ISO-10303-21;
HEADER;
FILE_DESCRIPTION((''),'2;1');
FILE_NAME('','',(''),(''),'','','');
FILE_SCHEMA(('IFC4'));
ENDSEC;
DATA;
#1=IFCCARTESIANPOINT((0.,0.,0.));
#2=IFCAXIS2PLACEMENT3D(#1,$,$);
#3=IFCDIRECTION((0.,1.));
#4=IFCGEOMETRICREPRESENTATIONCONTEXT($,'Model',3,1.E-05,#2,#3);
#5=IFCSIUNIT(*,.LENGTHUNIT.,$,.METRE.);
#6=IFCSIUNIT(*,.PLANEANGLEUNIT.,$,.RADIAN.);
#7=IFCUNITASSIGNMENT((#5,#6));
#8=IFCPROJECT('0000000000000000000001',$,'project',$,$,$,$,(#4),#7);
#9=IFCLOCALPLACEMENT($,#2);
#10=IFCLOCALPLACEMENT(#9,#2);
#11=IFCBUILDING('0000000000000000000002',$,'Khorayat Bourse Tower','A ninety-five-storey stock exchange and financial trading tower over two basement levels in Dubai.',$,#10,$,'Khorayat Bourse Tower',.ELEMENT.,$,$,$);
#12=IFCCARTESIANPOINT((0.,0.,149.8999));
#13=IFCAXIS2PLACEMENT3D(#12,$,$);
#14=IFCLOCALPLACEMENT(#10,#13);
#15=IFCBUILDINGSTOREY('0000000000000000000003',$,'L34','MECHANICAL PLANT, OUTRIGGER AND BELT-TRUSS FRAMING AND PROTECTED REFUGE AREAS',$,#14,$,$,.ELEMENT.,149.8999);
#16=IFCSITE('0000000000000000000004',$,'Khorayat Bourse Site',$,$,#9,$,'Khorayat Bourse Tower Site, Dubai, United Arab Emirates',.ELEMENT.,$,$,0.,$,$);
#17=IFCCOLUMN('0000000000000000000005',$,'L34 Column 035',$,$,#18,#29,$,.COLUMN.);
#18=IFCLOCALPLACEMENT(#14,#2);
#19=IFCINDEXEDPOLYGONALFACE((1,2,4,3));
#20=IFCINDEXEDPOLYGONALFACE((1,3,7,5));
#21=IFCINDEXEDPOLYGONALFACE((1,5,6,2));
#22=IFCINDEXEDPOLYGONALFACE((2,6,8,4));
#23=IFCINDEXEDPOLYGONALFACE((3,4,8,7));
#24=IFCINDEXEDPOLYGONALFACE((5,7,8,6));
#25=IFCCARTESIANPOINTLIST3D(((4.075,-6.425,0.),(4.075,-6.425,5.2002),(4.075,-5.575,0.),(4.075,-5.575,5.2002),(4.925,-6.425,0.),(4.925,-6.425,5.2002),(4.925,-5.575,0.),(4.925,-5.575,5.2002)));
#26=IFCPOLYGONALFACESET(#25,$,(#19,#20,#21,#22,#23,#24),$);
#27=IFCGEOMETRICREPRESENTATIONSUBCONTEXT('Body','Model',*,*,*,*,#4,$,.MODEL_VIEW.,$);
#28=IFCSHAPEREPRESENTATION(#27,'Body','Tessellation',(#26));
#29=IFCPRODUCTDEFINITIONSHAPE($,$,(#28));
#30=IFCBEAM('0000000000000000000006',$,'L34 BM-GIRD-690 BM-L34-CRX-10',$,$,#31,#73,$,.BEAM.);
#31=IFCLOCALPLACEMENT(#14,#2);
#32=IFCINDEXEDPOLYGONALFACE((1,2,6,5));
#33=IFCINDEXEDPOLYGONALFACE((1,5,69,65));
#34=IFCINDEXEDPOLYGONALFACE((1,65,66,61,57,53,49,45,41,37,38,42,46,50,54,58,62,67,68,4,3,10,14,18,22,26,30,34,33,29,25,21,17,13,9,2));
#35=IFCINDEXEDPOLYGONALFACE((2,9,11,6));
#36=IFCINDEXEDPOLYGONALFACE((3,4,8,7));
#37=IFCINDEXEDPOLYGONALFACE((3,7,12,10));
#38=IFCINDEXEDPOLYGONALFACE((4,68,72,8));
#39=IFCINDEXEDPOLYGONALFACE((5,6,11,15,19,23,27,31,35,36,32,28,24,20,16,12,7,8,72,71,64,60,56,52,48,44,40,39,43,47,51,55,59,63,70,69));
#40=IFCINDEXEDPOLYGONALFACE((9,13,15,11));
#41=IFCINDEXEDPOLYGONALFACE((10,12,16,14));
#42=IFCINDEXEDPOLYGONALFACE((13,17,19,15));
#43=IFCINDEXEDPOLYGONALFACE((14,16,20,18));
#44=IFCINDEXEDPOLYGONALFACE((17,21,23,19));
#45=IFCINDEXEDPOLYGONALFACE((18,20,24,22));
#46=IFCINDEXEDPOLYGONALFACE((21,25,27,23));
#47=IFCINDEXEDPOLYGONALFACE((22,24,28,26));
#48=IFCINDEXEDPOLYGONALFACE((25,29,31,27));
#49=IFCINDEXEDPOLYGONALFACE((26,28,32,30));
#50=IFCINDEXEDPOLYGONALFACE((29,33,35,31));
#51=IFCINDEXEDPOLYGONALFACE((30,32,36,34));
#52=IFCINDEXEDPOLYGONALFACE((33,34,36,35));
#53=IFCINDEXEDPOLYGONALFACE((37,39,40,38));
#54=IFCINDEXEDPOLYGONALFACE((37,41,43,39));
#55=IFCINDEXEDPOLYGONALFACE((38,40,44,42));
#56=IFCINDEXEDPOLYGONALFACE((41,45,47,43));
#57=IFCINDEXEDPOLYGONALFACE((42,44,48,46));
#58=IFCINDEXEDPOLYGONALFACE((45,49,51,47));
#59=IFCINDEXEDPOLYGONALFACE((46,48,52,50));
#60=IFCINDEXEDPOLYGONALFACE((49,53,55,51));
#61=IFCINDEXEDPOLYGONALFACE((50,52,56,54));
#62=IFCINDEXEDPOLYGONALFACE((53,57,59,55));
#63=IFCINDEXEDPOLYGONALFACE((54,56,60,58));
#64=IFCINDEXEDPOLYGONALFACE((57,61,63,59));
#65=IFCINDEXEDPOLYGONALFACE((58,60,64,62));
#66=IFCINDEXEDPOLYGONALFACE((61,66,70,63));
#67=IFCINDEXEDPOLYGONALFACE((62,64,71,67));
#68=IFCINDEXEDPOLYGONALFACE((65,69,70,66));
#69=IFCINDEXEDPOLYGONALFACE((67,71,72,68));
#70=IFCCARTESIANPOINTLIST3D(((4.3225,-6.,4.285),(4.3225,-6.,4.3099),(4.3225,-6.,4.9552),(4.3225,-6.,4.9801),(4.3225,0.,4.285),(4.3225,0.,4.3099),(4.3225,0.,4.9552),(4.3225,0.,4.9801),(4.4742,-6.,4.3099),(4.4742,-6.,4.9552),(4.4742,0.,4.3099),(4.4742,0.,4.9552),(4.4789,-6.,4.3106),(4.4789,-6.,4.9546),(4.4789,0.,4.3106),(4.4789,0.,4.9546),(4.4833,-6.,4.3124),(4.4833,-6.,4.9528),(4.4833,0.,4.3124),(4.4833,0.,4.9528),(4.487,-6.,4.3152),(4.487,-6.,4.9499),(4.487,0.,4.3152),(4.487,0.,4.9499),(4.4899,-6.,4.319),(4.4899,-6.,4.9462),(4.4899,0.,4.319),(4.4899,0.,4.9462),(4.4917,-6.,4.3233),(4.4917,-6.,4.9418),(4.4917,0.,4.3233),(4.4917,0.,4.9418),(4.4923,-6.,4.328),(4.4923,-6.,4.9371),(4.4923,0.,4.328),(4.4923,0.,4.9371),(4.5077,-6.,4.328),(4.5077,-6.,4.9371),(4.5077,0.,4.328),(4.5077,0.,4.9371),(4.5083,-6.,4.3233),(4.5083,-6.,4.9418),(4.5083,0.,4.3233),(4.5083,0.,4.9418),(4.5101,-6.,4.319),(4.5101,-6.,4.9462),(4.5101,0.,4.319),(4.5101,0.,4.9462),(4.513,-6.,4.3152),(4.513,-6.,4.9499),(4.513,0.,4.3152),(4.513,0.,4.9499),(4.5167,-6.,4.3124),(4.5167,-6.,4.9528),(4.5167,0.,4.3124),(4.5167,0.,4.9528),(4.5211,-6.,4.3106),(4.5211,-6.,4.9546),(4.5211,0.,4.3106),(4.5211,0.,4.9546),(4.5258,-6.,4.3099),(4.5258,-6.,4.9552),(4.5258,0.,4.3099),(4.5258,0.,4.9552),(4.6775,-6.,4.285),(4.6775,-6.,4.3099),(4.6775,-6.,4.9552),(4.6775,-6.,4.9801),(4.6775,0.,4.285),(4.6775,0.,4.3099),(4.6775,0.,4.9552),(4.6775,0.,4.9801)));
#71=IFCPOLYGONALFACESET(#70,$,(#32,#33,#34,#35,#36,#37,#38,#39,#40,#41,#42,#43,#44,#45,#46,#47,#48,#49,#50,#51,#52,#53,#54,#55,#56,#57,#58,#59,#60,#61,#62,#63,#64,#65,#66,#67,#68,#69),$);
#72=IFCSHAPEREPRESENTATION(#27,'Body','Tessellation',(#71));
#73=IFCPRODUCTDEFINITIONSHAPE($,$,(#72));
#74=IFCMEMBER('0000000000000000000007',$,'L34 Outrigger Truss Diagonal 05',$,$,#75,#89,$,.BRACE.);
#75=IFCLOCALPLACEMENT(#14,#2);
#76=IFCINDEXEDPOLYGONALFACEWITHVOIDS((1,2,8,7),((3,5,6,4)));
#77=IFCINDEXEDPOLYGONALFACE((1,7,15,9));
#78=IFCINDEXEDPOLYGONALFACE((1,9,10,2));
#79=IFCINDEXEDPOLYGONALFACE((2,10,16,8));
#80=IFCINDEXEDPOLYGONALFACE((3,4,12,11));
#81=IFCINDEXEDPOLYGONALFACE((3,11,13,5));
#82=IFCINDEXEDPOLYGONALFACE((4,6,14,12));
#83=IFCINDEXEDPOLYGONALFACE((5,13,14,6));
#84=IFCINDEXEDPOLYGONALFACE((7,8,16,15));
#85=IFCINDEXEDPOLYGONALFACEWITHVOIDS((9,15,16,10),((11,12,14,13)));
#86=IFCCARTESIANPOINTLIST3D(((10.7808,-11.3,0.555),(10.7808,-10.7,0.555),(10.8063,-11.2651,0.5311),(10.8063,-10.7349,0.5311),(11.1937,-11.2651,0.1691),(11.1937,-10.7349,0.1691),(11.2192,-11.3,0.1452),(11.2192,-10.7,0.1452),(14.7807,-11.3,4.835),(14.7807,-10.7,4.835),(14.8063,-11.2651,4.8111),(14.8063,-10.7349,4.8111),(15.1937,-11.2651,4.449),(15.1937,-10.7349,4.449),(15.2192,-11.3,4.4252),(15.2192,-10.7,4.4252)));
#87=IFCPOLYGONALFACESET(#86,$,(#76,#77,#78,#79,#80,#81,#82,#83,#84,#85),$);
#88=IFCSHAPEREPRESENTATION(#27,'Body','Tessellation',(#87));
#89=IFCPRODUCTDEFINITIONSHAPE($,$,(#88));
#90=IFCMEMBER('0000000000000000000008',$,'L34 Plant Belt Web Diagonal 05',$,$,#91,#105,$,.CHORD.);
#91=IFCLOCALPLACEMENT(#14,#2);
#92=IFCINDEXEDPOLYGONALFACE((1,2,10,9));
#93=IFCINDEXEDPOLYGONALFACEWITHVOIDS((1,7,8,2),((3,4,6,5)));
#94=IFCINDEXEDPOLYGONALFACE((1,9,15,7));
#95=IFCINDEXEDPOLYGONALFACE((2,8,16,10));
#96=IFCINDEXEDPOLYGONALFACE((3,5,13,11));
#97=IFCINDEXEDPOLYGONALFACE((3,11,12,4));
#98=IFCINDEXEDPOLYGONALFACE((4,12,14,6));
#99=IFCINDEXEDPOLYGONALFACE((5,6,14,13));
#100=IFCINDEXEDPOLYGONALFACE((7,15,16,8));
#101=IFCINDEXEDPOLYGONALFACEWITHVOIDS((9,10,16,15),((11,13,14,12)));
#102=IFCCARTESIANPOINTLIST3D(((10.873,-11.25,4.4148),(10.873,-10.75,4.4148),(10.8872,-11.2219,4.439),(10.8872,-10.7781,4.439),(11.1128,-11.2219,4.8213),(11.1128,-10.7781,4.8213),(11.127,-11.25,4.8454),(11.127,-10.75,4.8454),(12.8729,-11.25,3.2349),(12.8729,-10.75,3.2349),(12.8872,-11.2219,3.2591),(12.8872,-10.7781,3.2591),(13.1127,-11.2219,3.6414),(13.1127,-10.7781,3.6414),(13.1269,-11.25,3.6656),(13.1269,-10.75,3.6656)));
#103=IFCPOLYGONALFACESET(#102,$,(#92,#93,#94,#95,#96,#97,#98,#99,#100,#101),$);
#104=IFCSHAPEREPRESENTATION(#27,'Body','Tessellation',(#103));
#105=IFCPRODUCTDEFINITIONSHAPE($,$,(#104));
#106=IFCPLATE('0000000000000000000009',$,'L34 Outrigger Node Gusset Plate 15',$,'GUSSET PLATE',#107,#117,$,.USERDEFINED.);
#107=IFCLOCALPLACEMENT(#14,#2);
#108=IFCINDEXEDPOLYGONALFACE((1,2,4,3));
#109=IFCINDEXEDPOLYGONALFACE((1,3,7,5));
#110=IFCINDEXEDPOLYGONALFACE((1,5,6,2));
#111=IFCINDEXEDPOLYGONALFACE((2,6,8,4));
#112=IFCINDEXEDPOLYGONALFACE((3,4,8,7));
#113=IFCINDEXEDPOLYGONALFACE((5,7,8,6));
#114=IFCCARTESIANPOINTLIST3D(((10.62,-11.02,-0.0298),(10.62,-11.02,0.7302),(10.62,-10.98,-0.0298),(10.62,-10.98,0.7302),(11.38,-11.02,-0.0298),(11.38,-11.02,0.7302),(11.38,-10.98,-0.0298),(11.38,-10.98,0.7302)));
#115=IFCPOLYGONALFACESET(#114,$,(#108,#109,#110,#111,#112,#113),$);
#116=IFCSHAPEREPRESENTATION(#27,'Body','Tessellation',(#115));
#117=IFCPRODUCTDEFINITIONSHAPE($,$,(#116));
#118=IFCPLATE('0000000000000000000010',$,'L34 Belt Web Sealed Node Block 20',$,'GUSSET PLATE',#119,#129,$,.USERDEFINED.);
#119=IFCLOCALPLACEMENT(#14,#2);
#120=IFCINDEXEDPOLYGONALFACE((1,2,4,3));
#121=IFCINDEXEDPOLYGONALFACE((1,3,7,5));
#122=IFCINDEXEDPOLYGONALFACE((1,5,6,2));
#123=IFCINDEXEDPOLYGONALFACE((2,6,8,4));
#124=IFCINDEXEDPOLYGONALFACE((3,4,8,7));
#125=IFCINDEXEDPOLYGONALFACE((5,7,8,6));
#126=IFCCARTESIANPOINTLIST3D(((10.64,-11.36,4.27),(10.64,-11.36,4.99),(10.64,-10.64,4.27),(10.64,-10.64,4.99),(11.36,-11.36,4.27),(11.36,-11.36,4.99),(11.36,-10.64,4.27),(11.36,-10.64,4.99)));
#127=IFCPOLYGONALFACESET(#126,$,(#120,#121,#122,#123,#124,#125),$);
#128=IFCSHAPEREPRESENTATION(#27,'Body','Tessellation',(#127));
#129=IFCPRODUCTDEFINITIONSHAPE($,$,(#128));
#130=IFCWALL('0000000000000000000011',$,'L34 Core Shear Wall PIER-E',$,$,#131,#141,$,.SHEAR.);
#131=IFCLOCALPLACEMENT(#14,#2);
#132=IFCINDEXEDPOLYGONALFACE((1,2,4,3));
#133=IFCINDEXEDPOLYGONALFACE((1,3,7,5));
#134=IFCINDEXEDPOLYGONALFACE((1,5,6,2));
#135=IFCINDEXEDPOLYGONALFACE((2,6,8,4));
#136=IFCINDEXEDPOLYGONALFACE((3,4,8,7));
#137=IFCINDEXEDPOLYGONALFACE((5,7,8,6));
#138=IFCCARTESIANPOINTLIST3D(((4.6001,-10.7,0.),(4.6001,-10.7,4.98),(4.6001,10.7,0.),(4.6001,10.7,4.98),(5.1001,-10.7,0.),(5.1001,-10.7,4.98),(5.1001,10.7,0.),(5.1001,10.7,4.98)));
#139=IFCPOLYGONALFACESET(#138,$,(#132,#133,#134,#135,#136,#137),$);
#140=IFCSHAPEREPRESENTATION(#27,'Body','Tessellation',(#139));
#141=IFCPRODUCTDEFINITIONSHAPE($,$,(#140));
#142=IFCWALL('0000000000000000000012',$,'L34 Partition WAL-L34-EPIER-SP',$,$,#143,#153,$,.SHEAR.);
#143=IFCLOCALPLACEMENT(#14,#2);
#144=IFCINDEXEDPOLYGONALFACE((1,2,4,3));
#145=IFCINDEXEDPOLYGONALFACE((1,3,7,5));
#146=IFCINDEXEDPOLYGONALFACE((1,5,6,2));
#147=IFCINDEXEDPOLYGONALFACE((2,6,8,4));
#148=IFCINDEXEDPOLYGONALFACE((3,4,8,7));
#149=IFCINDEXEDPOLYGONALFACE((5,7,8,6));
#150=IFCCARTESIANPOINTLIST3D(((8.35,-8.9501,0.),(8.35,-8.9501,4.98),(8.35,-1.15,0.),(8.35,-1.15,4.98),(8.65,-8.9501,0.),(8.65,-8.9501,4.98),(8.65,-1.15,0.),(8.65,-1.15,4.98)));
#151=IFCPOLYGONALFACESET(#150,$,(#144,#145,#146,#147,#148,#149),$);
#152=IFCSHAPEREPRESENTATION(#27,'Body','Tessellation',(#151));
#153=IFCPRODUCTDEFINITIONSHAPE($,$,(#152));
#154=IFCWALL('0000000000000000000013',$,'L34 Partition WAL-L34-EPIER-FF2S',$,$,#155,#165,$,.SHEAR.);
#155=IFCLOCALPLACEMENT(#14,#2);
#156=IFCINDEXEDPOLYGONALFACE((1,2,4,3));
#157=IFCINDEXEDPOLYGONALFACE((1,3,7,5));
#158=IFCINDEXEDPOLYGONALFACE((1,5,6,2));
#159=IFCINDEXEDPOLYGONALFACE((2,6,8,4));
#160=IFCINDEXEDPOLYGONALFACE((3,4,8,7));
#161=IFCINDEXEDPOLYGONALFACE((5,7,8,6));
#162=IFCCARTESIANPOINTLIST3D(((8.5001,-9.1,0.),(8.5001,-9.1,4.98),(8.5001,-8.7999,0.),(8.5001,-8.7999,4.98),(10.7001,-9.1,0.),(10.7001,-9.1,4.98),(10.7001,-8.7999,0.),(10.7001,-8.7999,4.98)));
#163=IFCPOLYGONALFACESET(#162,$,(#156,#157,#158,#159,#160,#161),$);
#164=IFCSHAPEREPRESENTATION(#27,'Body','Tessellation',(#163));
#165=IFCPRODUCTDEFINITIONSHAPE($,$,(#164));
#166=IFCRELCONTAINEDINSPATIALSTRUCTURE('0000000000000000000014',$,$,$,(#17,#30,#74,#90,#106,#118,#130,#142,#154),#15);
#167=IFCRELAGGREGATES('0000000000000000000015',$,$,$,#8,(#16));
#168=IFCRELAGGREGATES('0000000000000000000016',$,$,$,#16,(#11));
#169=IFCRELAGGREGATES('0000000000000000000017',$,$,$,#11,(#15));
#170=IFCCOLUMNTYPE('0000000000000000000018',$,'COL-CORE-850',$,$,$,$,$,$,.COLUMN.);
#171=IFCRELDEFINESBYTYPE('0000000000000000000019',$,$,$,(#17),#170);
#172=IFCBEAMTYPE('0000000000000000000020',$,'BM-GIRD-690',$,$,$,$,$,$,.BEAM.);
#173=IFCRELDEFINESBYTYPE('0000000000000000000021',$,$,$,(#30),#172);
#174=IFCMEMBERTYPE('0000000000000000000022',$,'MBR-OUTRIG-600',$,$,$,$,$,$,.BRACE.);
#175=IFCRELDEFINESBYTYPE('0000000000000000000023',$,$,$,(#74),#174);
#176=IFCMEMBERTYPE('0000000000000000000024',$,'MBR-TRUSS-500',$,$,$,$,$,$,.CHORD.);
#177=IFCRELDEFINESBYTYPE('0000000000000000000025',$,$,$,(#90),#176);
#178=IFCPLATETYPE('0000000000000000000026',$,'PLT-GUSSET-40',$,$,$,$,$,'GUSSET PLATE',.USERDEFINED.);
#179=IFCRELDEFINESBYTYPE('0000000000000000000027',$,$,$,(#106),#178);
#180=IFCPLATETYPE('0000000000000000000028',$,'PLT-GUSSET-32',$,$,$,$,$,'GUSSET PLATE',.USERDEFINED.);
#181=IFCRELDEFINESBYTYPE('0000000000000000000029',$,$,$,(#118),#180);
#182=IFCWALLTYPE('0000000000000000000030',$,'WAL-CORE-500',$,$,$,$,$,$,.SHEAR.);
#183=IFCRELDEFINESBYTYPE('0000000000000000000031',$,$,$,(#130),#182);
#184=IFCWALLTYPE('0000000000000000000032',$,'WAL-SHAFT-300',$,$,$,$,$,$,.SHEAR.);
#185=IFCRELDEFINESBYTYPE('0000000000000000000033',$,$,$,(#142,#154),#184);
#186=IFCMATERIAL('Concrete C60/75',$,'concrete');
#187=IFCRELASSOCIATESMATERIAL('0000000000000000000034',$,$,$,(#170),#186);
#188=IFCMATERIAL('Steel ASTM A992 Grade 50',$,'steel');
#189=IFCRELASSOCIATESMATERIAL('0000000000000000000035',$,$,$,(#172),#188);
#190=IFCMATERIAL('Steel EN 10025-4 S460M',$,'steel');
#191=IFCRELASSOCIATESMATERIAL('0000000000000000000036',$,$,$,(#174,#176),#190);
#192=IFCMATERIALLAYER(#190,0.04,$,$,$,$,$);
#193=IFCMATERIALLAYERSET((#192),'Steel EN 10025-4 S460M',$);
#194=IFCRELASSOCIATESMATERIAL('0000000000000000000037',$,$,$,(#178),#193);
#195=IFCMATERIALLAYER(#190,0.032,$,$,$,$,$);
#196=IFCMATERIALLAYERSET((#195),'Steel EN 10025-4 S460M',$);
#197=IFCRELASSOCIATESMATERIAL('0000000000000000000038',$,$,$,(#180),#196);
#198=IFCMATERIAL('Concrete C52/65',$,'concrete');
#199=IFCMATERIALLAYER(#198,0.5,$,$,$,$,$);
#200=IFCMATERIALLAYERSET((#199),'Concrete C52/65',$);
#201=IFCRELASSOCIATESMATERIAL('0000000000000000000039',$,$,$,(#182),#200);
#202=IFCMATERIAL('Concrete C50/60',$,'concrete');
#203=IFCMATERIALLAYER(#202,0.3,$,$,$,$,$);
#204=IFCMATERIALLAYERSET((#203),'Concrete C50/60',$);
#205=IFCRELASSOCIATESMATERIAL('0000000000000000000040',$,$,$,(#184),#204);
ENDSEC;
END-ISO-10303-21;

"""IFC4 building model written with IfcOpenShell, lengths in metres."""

from ifc_helpers import new_model, si_unit, direction, frame, frame_2d, origin, origin_2d, place, context, subcontext, project, spatial, rectangle, hollow_rectangle, i_section, extrude, source, transform, mapped, material, layer, layer_set, material_profile, profile_set, type_object, element, save


model = new_model("IFC4")

# Units and contexts
model_context = context("Model", 3, precision=1e-05, world=origin(), true_north=direction((0.0, 1.0)))
body_context = subcontext(model_context, "Body", "Model", "MODEL_VIEW")
ifc_project = project(units=[si_unit("LENGTHUNIT", "METRE"), si_unit("PLANEANGLEUNIT", "RADIAN")], contexts=[model_context])

# Site, building, storey
site_placement = place(None, origin())
site = spatial("IfcSite", under=ifc_project, at=site_placement, Name="Khorayat Bourse Site", LongName="Khorayat Bourse Tower Site, Dubai, United Arab Emirates", CompositionType="ELEMENT", RefElevation=0.0)
building_placement = place(site_placement, origin())
building = spatial("IfcBuilding", under=site, at=building_placement, Name="Khorayat Bourse Tower", Description="A ninety-five-storey stock exchange and financial trading tower over two basement levels in Dubai.", LongName="Khorayat Bourse Tower", CompositionType="ELEMENT")
storey_placement = place(building_placement, frame((0.0, 0.0, 149.8999)))
storey = spatial("IfcBuildingStorey", under=building, at=storey_placement, Name="L34", Description="MECHANICAL PLANT, OUTRIGGER AND BELT-TRUSS FRAMING AND PROTECTED REFUGE AREAS", CompositionType="ELEMENT", Elevation=149.8999)

# Column
ifc_material_1 = material(Name="Concrete C60/75", Category="concrete")
ifc_material_profile_1 = material_profile(ifc_material_1, rectangle(XDim=0.8501, YDim=0.8501, at=origin_2d()), Name="RC 850x850")
ifc_profile_set_1 = profile_set([ifc_material_profile_1], Name="Concrete C60/75")
column_type = type_object("IfcColumnType", Name="COL-CORE-850", PredefinedType="COLUMN", material=ifc_profile_set_1)
shared_shape_1 = source(origin(), body_context, "Body", "SweptSolid", [
    extrude(rectangle(XDim=0.8501, YDim=0.8501, at=origin_2d()), origin(), (0.0, 0.0, 1.0), 5.2002),
])
column_placement = place(storey_placement, frame((4.5, -6.0, 0.0), z_axis=(0.0, 0.0, 1.0), x_axis=(1.0, 0.0, 0.0)))
element("IfcColumn", 1, at=column_placement, inside=storey, type_object=column_type, Name="L34 Column 035", PredefinedType="COLUMN", context=body_context, shape_type="MappedRepresentation", body=[
    mapped(shared_shape_1, transform((0.0, 0.0, 0.0), scale=1.0)),
])

# Beam
ifc_material_2 = material(Name="Steel ASTM A992 Grade 50", Category="steel")
ifc_material_profile_2 = material_profile(ifc_material_2, i_section(OverallWidth=0.355, OverallDepth=0.6951, WebThickness=0.0154, FlangeThickness=0.0249, FilletRadius=0.0181, at=origin_2d()), Name="W690X217")
ifc_profile_set_2 = profile_set([ifc_material_profile_2], Name="Steel ASTM A992 Grade 50")
beam_type = type_object("IfcBeamType", Name="BM-GIRD-690", PredefinedType="BEAM", material=ifc_profile_set_2)
shared_shape_2 = source(origin(), body_context, "Body", "SweptSolid", [
    extrude(i_section(OverallWidth=0.355, OverallDepth=0.6951, WebThickness=0.0154, FlangeThickness=0.0249, FilletRadius=0.0181, at=origin_2d()), origin(), (0.0, 0.0, 1.0), 6.0),
])
beam_placement = place(storey_placement, frame((4.5, -6.0, 4.6326), z_axis=(0.0, 1.0, 0.0), x_axis=(-1.0, 0.0, 0.0)))
element("IfcBeam", 2, at=beam_placement, inside=storey, type_object=beam_type, Name="L34 BM-GIRD-690 BM-L34-CRX-10", PredefinedType="BEAM", context=body_context, shape_type="MappedRepresentation", body=[
    mapped(shared_shape_2, transform((0.0, 0.0, 0.0), scale=1.0)),
])

# Members
ifc_material_3 = material(Name="Steel EN 10025-4 S460M", Category="steel")
ifc_material_profile_3 = material_profile(ifc_material_3, hollow_rectangle(XDim=0.6001, YDim=0.6001, WallThickness=0.0349, at=origin_2d()), Name="BOX 600x600x35")
ifc_profile_set_3 = profile_set([ifc_material_profile_3], Name="Steel EN 10025-4 S460M")
member_type_1 = type_object("IfcMemberType", Name="MBR-OUTRIG-600", PredefinedType="BRACE", material=ifc_profile_set_3)
shared_shape_3 = source(origin(), body_context, "Body", "SweptSolid", [
    extrude(hollow_rectangle(XDim=0.6001, YDim=0.6001, WallThickness=0.0349, at=origin_2d()), origin(), (0.0, 0.0, 1.0), 5.8582),
])
member_1_placement = place(storey_placement, frame((11.0, -11.0, 0.3501), z_axis=(0.682802, 0.0, 0.730603), x_axis=(0.0, 1.0, 0.0)))
element("IfcMember", 3, at=member_1_placement, inside=storey, type_object=member_type_1, Name="L34 Outrigger Truss Diagonal 05", PredefinedType="BRACE", context=body_context, shape_type="MappedRepresentation", body=[
    mapped(shared_shape_3, transform((0.0, 0.0, 0.0), scale=1.0)),
])
ifc_material_profile_4 = material_profile(ifc_material_3, hollow_rectangle(XDim=0.5, YDim=0.5, WallThickness=0.0281, at=origin_2d()), Name="HSS 500x500x28")
ifc_profile_set_4 = profile_set([ifc_material_profile_4], Name="Steel EN 10025-4 S460M")
member_type_2 = type_object("IfcMemberType", Name="MBR-TRUSS-500", PredefinedType="CHORD", material=ifc_profile_set_4)
shared_shape_4 = source(origin(), body_context, "Body", "SweptSolid", [
    extrude(hollow_rectangle(XDim=0.5, YDim=0.5, WallThickness=0.0281, at=origin_2d()), origin(), (0.0, 0.0, 1.0), 2.322),
])
member_2_placement = place(storey_placement, frame((11.0, -11.0, 4.6301), z_axis=(0.861282, 0.0, -0.508127), x_axis=(0.0, 1.0, 0.0)))
element("IfcMember", 4, at=member_2_placement, inside=storey, type_object=member_type_2, Name="L34 Plant Belt Web Diagonal 05", PredefinedType="CHORD", context=body_context, shape_type="MappedRepresentation", body=[
    mapped(shared_shape_4, transform((0.0, 0.0, 0.0), scale=1.0)),
])

# Plates
ifc_layer_1 = layer(ifc_material_3, 0.04)
ifc_layer_set_1 = layer_set([ifc_layer_1], Name="Steel EN 10025-4 S460M")
plate_type_1 = type_object("IfcPlateType", Name="PLT-GUSSET-40", ElementType="GUSSET PLATE", PredefinedType="USERDEFINED", material=ifc_layer_set_1)
shared_shape_5 = source(origin(), body_context, "Body", "SweptSolid", [
    extrude(rectangle(XDim=0.76, YDim=0.04, at=origin_2d()), origin(), (0.0, 0.0, 1.0), 0.76),
])
plate_1_placement = place(storey_placement, frame((11.0, -11.0, -0.0298), z_axis=(0.0, 0.0, 1.0), x_axis=(1.0, 0.0, 0.0)))
element("IfcPlate", 5, at=plate_1_placement, inside=storey, type_object=plate_type_1, Name="L34 Outrigger Node Gusset Plate 15", ObjectType="GUSSET PLATE", PredefinedType="USERDEFINED", context=body_context, shape_type="MappedRepresentation", body=[
    mapped(shared_shape_5, transform((0.0, 0.0, 0.0), scale=1.0)),
])
ifc_layer_2 = layer(ifc_material_3, 0.032)
ifc_layer_set_2 = layer_set([ifc_layer_2], Name="Steel EN 10025-4 S460M")
plate_type_2 = type_object("IfcPlateType", Name="PLT-GUSSET-32", ElementType="GUSSET PLATE", PredefinedType="USERDEFINED", material=ifc_layer_set_2)
shared_shape_6 = source(origin(), body_context, "Body", "SweptSolid", [
    extrude(rectangle(XDim=0.72, YDim=0.72, at=origin_2d()), origin(), (0.0, 0.0, 1.0), 0.72),
])
plate_2_placement = place(storey_placement, frame((11.0, -11.0, 4.27), z_axis=(0.0, 0.0, 1.0), x_axis=(1.0, 0.0, 0.0)))
element("IfcPlate", 6, at=plate_2_placement, inside=storey, type_object=plate_type_2, Name="L34 Belt Web Sealed Node Block 20", ObjectType="GUSSET PLATE", PredefinedType="USERDEFINED", context=body_context, shape_type="MappedRepresentation", body=[
    mapped(shared_shape_6, transform((0.0, 0.0, 0.0), scale=1.0)),
])

# Walls
ifc_material_4 = material(Name="Concrete C52/65", Category="concrete")
ifc_layer_3 = layer(ifc_material_4, 0.5)
ifc_layer_set_3 = layer_set([ifc_layer_3], Name="Concrete C52/65")
wall_type_1 = type_object("IfcWallType", Name="WAL-CORE-500", PredefinedType="SHEAR", material=ifc_layer_set_3)
shared_shape_7 = source(origin(), body_context, "Body", "SweptSolid", [
    extrude(rectangle(XDim=21.3999, YDim=0.5, at=frame_2d((10.7, 0.0))), origin(), (0.0, 0.0, 1.0), 4.98),
])
wall_1_placement = place(storey_placement, frame((4.8501, -10.7, 0.0), z_axis=(0.0, 0.0, 1.0), x_axis=(0.0, 1.0, 0.0)))
element("IfcWall", 7, at=wall_1_placement, inside=storey, type_object=wall_type_1, Name="L34 Core Shear Wall PIER-E", PredefinedType="SHEAR", context=body_context, shape_type="MappedRepresentation", body=[
    mapped(shared_shape_7, transform((0.0, 0.0, 0.0), scale=1.0)),
])
ifc_material_5 = material(Name="Concrete C50/60", Category="concrete")
ifc_layer_4 = layer(ifc_material_5, 0.3)
ifc_layer_set_4 = layer_set([ifc_layer_4], Name="Concrete C50/60")
wall_type_2 = type_object("IfcWallType", Name="WAL-SHAFT-300", PredefinedType="SHEAR", material=ifc_layer_set_4)
shared_shape_8 = source(origin(), body_context, "Body", "SweptSolid", [
    extrude(rectangle(XDim=7.8, YDim=0.3, at=frame_2d((3.8999, 0.0))), origin(), (0.0, 0.0, 1.0), 4.98),
])
wall_2_placement = place(storey_placement, frame((8.5, -8.95, 0.0), z_axis=(0.0, 0.0, 1.0), x_axis=(0.0, 1.0, 0.0)))
element("IfcWall", 8, at=wall_2_placement, inside=storey, type_object=wall_type_2, Name="L34 Partition WAL-L34-EPIER-SP", PredefinedType="SHEAR", context=body_context, shape_type="MappedRepresentation", body=[
    mapped(shared_shape_8, transform((0.0, 0.0, 0.0), scale=1.0)),
])
shared_shape_9 = source(origin(), body_context, "Body", "SweptSolid", [
    extrude(rectangle(XDim=2.2, YDim=0.3, at=frame_2d((1.1001, 0.0))), origin(), (0.0, 0.0, 1.0), 4.98),
])
for number, where, z_axis, x_axis, name in (
    (9, (8.5, -8.95, 0.0), (0.0, 0.0, 1.0), (1.0, 0.0, 0.0), "L34 Partition WAL-L34-EPIER-FF2S"),
):
    element("IfcWall", number, at=place(storey_placement, frame(where, z_axis=z_axis, x_axis=x_axis)), inside=storey, type_object=wall_type_2, Name=name, PredefinedType="SHEAR", context=body_context, shape_type="MappedRepresentation", body=[
        mapped(shared_shape_9, transform((0.0, 0.0, 0.0), scale=1.0)),
    ])

save(model, "model.ifc")
